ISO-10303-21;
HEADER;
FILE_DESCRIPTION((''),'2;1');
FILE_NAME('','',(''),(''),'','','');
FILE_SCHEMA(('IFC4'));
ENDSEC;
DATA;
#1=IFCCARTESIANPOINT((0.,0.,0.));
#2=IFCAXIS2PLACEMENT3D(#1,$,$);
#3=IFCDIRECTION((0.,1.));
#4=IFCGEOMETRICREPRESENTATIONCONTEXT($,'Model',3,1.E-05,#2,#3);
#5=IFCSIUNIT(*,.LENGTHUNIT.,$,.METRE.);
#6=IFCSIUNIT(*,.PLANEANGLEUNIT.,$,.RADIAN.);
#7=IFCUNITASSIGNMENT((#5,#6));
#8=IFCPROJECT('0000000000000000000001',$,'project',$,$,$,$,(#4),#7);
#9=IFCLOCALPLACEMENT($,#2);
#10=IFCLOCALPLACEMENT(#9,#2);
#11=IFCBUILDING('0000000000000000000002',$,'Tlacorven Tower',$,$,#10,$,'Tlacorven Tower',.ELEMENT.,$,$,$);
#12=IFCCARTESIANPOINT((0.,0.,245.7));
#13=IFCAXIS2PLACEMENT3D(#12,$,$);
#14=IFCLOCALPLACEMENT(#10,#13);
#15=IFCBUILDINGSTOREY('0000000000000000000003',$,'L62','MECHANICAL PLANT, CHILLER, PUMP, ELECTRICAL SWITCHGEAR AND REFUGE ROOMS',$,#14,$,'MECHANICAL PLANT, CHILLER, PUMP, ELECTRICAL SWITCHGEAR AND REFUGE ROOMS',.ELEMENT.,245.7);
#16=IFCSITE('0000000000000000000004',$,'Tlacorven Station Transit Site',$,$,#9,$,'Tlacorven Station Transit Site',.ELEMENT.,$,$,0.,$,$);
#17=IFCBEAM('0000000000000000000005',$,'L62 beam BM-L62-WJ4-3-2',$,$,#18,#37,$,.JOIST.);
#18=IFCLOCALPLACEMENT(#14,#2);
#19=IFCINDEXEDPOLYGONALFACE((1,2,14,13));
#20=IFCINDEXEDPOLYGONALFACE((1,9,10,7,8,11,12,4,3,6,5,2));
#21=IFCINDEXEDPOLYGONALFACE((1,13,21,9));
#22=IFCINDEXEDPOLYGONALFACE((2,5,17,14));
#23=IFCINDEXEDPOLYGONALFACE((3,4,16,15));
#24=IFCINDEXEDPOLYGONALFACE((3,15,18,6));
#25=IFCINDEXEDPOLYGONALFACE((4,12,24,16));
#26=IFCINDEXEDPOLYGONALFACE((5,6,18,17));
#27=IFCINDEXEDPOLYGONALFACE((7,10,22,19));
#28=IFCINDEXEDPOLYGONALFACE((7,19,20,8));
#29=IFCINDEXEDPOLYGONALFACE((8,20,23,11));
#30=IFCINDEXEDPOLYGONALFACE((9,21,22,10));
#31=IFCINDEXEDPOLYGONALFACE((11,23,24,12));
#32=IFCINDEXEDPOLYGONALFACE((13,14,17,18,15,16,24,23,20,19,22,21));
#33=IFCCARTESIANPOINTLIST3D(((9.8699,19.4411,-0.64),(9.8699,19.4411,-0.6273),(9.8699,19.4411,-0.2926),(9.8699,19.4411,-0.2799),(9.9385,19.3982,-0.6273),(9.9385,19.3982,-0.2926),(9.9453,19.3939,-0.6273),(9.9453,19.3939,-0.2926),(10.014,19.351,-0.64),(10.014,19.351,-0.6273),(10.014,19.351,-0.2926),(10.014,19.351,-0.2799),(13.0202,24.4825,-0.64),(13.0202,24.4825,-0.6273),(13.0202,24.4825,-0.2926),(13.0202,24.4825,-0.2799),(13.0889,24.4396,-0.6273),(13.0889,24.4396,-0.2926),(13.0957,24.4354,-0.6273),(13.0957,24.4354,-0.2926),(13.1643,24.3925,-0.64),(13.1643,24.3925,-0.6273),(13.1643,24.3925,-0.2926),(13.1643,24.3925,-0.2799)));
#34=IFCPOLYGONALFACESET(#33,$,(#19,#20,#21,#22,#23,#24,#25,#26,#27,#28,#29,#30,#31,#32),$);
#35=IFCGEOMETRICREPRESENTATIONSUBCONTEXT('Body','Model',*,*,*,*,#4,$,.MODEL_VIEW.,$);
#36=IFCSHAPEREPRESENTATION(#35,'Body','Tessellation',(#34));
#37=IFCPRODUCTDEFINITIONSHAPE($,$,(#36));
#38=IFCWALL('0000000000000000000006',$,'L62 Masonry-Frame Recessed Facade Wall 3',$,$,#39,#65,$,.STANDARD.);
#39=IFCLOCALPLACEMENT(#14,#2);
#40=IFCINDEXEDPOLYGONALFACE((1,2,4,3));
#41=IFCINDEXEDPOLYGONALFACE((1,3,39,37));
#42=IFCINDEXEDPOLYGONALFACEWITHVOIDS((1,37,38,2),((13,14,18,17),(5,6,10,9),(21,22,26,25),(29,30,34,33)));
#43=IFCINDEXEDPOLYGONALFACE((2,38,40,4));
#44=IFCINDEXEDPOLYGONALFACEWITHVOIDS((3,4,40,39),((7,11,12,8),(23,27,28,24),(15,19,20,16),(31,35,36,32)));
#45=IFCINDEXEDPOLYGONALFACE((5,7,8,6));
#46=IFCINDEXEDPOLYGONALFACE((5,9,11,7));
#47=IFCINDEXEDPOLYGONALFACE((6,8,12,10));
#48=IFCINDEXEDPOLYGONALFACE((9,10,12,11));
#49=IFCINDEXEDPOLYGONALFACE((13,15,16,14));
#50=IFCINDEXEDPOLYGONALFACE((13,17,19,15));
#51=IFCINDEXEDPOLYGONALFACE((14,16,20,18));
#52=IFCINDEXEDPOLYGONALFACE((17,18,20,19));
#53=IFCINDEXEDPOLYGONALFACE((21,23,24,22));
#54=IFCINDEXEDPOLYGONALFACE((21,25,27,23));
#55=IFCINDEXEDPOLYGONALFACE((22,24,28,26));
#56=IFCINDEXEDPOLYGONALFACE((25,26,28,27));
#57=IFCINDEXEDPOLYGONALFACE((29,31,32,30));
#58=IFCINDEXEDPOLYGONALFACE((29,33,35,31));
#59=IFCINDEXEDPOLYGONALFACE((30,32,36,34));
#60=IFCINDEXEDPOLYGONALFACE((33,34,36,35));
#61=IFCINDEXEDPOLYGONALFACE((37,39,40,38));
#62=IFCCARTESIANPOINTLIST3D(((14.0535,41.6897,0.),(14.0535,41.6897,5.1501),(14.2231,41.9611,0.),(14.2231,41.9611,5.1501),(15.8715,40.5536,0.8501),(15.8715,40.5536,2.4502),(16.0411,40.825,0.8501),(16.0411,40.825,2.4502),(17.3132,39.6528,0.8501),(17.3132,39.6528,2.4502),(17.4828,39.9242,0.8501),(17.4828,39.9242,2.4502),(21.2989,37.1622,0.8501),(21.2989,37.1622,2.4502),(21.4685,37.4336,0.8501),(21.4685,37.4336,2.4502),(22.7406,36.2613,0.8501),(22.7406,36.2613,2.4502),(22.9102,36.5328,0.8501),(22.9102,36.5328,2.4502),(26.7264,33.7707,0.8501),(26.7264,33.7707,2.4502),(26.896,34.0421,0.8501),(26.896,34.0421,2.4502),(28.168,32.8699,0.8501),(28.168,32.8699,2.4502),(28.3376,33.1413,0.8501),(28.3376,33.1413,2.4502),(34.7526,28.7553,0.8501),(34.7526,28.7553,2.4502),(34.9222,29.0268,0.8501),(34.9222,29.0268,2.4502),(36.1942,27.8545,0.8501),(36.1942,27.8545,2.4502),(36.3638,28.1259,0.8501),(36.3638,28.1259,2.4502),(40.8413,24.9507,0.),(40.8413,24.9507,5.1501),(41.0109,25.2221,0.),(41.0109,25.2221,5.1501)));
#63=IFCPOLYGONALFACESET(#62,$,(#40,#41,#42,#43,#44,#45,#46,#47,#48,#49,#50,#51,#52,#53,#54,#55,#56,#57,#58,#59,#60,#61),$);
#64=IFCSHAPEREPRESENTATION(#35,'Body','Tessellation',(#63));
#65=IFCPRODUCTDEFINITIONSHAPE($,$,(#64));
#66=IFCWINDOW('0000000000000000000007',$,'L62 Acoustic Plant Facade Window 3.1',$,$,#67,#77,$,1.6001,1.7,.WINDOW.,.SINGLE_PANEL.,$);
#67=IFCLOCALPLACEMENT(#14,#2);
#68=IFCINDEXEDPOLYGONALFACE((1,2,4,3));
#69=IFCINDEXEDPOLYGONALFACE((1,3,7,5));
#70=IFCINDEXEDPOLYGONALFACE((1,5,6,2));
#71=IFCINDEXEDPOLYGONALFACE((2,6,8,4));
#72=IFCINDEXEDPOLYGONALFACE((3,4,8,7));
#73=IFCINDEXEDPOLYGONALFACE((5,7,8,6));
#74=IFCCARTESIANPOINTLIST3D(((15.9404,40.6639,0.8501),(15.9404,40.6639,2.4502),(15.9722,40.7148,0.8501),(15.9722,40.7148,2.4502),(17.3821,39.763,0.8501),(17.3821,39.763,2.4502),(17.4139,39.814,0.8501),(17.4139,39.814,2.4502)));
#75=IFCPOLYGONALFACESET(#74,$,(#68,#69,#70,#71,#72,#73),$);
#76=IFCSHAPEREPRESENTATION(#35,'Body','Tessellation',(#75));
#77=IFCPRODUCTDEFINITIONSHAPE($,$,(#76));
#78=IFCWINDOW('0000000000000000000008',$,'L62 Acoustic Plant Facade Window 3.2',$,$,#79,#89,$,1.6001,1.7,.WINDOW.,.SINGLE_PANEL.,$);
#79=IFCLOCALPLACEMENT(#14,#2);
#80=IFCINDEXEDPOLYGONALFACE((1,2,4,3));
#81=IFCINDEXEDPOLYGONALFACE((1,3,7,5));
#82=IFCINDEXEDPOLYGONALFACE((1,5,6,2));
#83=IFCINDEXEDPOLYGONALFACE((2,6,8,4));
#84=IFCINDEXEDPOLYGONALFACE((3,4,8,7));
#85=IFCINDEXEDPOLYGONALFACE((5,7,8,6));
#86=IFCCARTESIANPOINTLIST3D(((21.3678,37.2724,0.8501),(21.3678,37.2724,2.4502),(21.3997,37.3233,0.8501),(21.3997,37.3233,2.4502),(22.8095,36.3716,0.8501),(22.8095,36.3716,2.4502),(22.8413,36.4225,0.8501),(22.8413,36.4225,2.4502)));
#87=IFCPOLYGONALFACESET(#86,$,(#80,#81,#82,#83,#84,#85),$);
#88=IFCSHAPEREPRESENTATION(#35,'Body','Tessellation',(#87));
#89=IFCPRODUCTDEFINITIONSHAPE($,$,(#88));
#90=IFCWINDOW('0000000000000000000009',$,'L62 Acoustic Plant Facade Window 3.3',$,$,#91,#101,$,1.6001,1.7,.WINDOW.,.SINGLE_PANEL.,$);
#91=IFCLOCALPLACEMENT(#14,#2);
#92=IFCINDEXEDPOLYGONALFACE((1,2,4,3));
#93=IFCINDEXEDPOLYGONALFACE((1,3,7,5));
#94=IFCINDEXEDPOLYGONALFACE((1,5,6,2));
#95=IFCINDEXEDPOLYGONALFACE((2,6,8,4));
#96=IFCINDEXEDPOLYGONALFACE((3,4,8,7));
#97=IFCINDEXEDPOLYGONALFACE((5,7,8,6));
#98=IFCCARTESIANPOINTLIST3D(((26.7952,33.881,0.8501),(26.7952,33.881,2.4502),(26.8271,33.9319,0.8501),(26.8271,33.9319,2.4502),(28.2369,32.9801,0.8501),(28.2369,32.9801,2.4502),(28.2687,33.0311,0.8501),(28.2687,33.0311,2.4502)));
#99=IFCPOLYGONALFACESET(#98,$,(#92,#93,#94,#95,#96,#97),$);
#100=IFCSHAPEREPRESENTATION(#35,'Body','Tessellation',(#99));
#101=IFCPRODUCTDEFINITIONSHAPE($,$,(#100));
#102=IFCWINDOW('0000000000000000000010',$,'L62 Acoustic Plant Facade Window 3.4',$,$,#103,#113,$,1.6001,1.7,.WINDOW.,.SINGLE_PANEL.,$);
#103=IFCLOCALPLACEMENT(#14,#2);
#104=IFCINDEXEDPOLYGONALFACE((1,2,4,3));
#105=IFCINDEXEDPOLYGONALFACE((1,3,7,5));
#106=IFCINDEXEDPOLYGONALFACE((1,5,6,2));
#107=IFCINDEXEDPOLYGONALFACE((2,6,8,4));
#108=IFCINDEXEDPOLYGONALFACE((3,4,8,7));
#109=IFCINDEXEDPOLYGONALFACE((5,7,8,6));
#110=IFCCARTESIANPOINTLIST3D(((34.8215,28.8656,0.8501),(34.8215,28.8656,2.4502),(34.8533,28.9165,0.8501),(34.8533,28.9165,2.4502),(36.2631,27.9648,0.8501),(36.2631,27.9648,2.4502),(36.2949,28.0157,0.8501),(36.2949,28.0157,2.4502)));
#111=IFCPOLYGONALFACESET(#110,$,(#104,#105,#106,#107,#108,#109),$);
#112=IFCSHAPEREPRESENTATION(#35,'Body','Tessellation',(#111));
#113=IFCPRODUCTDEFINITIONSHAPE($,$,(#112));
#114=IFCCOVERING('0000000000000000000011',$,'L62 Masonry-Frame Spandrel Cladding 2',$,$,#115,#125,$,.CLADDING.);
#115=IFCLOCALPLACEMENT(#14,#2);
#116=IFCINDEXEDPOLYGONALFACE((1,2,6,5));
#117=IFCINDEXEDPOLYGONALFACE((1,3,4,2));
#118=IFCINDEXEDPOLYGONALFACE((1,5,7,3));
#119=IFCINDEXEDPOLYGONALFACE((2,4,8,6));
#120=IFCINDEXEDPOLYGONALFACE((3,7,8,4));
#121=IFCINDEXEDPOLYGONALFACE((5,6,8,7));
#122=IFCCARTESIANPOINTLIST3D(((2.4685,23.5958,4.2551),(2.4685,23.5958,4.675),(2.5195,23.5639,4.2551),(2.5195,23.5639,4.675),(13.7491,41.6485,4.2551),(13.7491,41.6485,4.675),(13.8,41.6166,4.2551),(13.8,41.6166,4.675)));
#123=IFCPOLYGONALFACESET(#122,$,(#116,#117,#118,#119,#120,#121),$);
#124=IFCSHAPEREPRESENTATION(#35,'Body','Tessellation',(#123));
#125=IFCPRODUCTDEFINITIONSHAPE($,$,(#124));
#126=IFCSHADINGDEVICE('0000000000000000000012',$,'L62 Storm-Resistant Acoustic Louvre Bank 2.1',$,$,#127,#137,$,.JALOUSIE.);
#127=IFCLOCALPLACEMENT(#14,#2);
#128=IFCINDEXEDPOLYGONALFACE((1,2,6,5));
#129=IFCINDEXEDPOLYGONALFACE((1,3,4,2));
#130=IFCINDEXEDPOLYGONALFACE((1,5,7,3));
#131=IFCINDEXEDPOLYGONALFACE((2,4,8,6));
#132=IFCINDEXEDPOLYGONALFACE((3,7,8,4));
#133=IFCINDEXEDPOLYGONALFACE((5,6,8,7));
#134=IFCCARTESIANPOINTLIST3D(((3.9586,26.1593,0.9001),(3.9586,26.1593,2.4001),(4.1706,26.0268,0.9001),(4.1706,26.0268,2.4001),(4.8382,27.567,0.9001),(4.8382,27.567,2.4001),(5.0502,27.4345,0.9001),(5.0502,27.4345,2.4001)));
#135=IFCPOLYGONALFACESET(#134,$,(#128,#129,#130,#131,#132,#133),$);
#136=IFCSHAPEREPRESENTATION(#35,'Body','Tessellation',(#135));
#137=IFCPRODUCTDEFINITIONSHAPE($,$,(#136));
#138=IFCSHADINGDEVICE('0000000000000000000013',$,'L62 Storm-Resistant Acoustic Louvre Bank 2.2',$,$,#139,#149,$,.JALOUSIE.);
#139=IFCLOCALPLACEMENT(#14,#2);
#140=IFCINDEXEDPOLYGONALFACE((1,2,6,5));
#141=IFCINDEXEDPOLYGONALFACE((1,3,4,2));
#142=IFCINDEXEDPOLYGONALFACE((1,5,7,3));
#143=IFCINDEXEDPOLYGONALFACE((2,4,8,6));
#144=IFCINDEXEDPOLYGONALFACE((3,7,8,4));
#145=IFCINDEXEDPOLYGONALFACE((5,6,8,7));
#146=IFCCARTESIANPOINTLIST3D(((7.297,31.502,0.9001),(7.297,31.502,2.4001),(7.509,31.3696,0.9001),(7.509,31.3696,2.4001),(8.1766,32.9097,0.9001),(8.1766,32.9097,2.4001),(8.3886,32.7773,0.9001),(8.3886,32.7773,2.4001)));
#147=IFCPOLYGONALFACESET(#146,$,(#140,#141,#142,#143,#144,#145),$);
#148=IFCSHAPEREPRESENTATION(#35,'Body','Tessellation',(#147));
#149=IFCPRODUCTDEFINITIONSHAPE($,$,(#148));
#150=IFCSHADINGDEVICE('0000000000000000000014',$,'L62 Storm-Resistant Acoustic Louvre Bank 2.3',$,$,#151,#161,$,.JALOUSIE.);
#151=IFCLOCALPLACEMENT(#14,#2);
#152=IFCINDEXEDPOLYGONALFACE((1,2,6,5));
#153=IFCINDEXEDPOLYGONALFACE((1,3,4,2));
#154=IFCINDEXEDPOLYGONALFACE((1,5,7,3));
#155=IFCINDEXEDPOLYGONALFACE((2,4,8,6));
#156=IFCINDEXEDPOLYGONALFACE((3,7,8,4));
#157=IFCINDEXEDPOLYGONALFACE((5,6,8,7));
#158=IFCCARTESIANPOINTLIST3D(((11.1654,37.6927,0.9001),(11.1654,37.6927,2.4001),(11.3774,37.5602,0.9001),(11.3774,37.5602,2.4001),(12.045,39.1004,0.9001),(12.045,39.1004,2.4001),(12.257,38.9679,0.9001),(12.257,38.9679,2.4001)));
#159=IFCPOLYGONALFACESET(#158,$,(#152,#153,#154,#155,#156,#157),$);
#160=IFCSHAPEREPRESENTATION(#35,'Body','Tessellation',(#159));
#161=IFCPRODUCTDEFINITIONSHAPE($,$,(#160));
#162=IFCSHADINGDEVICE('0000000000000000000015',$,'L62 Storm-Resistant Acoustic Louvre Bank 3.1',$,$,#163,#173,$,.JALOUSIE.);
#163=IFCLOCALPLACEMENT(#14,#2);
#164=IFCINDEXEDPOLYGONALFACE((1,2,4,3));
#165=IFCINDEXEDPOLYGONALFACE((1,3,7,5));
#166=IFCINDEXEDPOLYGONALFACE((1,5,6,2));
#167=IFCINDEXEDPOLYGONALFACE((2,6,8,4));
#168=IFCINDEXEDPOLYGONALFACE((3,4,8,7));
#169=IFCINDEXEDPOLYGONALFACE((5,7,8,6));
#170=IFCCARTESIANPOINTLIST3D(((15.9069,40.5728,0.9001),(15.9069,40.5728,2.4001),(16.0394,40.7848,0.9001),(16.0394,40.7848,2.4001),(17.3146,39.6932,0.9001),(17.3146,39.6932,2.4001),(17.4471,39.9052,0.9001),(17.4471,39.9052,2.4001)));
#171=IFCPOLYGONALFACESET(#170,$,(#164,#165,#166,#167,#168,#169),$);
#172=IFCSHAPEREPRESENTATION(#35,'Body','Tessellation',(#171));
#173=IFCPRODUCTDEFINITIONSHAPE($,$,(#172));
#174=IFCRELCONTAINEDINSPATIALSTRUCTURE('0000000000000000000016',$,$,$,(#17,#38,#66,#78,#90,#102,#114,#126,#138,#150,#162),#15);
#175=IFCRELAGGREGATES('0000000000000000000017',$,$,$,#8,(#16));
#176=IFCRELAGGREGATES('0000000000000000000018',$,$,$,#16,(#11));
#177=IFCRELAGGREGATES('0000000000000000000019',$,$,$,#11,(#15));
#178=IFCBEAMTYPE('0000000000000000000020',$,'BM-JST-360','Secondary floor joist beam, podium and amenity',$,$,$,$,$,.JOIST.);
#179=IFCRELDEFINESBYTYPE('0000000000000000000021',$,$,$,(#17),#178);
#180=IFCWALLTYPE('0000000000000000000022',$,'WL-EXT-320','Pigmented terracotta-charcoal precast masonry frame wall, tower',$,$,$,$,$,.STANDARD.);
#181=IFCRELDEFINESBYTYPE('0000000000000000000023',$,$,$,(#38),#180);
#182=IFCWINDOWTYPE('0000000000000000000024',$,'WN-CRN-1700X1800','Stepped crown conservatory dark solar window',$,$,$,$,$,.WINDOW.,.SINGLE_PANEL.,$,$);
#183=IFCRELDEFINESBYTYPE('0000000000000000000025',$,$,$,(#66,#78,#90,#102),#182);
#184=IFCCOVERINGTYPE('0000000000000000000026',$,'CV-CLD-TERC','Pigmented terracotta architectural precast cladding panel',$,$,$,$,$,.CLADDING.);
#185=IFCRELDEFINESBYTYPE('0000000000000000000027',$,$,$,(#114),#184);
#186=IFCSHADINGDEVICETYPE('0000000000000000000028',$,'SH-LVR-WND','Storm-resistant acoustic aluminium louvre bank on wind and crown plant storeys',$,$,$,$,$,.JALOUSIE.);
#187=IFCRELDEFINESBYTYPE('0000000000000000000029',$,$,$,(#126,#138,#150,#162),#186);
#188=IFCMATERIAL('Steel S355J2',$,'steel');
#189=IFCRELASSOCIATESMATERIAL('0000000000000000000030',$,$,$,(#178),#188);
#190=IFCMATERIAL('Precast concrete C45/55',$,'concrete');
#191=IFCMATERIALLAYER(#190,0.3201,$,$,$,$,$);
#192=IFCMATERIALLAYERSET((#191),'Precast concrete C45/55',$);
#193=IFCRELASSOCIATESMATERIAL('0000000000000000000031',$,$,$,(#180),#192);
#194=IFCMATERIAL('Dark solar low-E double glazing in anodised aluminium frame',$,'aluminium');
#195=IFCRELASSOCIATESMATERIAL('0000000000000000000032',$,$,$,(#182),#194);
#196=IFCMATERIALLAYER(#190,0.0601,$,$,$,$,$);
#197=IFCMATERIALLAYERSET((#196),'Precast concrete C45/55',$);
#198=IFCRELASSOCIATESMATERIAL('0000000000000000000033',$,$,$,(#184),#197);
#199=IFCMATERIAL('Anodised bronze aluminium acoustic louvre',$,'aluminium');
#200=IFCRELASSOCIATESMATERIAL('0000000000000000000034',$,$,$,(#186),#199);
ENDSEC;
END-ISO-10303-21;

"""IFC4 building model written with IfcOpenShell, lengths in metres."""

from ifc_helpers import new_model, si_unit, direction, frame, frame_2d, origin, origin_2d, place, context, subcontext, project, spatial, rectangle, i_section, extrude, source, transform, mapped, material, layer, layer_set, material_profile, profile_set, type_object, element, fill, save


model = new_model("IFC4")

# Units and contexts
model_context = context("Model", 3, precision=1e-05, world=origin(), true_north=direction((0.0, 1.0)))
body_context = subcontext(model_context, "Body", "Model", "MODEL_VIEW")
ifc_project = project(units=[si_unit("LENGTHUNIT", "METRE"), si_unit("PLANEANGLEUNIT", "RADIAN")], contexts=[model_context])

# Site, building, storey
site_placement = place(None, origin())
site = spatial("IfcSite", under=ifc_project, at=site_placement, Name="Tlacorven Station Transit Site", LongName="Tlacorven Station Transit Site", CompositionType="ELEMENT", RefElevation=0.0)
building_placement = place(site_placement, origin())
building = spatial("IfcBuilding", under=site, at=building_placement, Name="Tlacorven Tower", LongName="Tlacorven Tower", CompositionType="ELEMENT")
storey_placement = place(building_placement, frame((0.0, 0.0, 245.7)))
storey = spatial("IfcBuildingStorey", under=building, at=storey_placement, Name="L62", Description="MECHANICAL PLANT, CHILLER, PUMP, ELECTRICAL SWITCHGEAR AND REFUGE ROOMS", LongName="MECHANICAL PLANT, CHILLER, PUMP, ELECTRICAL SWITCHGEAR AND REFUGE ROOMS", CompositionType="ELEMENT", Elevation=245.7)

# Shared definitions
ifc_material_1 = material(Name="Steel S355J2", Category="steel")

# Beam
ifc_material_profile_1 = material_profile(ifc_material_1, i_section(OverallWidth=0.1699, OverallDepth=0.3601, WebThickness=0.0081, FlangeThickness=0.0127, at=origin_2d()), Name="IPE 360")
ifc_profile_set_1 = profile_set([ifc_material_profile_1], Name="Steel S355J2")
beam_type_1 = type_object("IfcBeamType", Name="BM-JST-360", Description="Secondary floor joist beam, podium and amenity", PredefinedType="JOIST", material=ifc_profile_set_1)
shared_shape_1 = source(origin(), body_context, "Body", "SweptSolid", [
    extrude(i_section(OverallWidth=0.1699, OverallDepth=0.3601, WebThickness=0.0081, FlangeThickness=0.0127, at=origin_2d()), origin(), (0.0, 0.0, 1.0), 5.9448),
])
beam_1_placement = place(storey_placement, frame((13.0923, 24.4375, -0.46), z_axis=(-0.529932, -0.84804, 0.0), x_axis=(0.84804, -0.529932, 0.0)))
element("IfcBeam", 1, at=beam_1_placement, inside=storey, type_object=beam_type_1, Name="L62 beam BM-L62-WJ4-3-2", PredefinedType="JOIST", context=body_context, shape_type="MappedRepresentation", body=[
    mapped(shared_shape_1, transform((0.0, 0.0, 0.0), scale=1.0)),
])

# Wall, openings, windows
ifc_material_2 = material(Name="Precast concrete C45/55", Category="concrete")
ifc_layer_1 = layer(ifc_material_2, 0.3201)
ifc_layer_set_1 = layer_set([ifc_layer_1], Name="Precast concrete C45/55")
wall_type = type_object("IfcWallType", Name="WL-EXT-320", Description="Pigmented terracotta-charcoal precast masonry frame wall, tower", PredefinedType="STANDARD", material=ifc_layer_set_1)
wall_placement = place(storey_placement, frame((14.1382, 41.8254, 0.0), z_axis=(0.0, 0.0, 1.0), x_axis=(0.848046, -0.529922, 0.0)))
wall = element("IfcWall", 2, at=wall_placement, inside=storey, type_object=wall_type, Name="L62 Masonry-Frame Recessed Facade Wall 3", PredefinedType="STANDARD", context=body_context, shape_type="SweptSolid", body=[
    extrude(rectangle(XDim=31.5876, YDim=0.3201, at=frame_2d((15.7939, 0.0))), origin(), (0.0, 0.0, 1.0), 5.1501),
])
opening_1_placement = place(wall_placement, frame((2.1438, 0.0, 0.8501)))
opening_1 = element("IfcOpeningElement", 3, at=opening_1_placement, cuts=wall, PredefinedType="OPENING", context=body_context, shape_type="SweptSolid", body=[
    extrude(rectangle(XDim=1.7, YDim=1.6001, at=frame_2d((0.8501, 0.8))), frame((0.0, 0.1699, 0.0), z_axis=(0.0, -1.0, 0.0), x_axis=(1.0, 0.0, 0.0)), (0.0, 0.0, 1.0), 0.3401),
])
opening_2_placement = place(wall_placement, frame((8.5437, 0.0, 0.8501)))
opening_2 = element("IfcOpeningElement", 4, at=opening_2_placement, cuts=wall, PredefinedType="OPENING", context=body_context, shape_type="SweptSolid", body=[
    extrude(rectangle(XDim=1.7, YDim=1.6001, at=frame_2d((0.8501, 0.8))), frame((0.0, 0.1699, 0.0), z_axis=(0.0, -1.0, 0.0), x_axis=(1.0, 0.0, 0.0)), (0.0, 0.0, 1.0), 0.3401),
])
opening_3_placement = place(wall_placement, frame((14.9436, 0.0, 0.8501)))
opening_3 = element("IfcOpeningElement", 5, at=opening_3_placement, cuts=wall, PredefinedType="OPENING", context=body_context, shape_type="SweptSolid", body=[
    extrude(rectangle(XDim=1.7, YDim=1.6001, at=frame_2d((0.8501, 0.8))), frame((0.0, 0.1699, 0.0), z_axis=(0.0, -1.0, 0.0), x_axis=(1.0, 0.0, 0.0)), (0.0, 0.0, 1.0), 0.3401),
])
opening_4_placement = place(wall_placement, frame((24.408, 0.0, 0.8501)))
opening_4 = element("IfcOpeningElement", 6, at=opening_4_placement, cuts=wall, PredefinedType="OPENING", context=body_context, shape_type="SweptSolid", body=[
    extrude(rectangle(XDim=1.7, YDim=1.6001, at=frame_2d((0.8501, 0.8))), frame((0.0, 0.1699, 0.0), z_axis=(0.0, -1.0, 0.0), x_axis=(1.0, 0.0, 0.0)), (0.0, 0.0, 1.0), 0.3401),
])
ifc_material_3 = material(Name="Dark solar low-E double glazing in anodised aluminium frame", Category="aluminium")
window_type = type_object("IfcWindowType", Name="WN-CRN-1700X1800", Description="Stepped crown conservatory dark solar window", PartitioningType="SINGLE_PANEL", PredefinedType="WINDOW", material=ifc_material_3)
shared_shape_2 = source(origin(), body_context, "Body", "SweptSolid", [
    extrude(rectangle(XDim=1.7, YDim=1.6001, at=frame_2d((0.8501, 0.8))), frame((0.0, 0.03, 0.0), z_axis=(0.0, -1.0, 0.0), x_axis=(1.0, 0.0, 0.0)), (0.0, 0.0, 1.0), 0.0601),
])
window_1_placement = place(opening_1_placement, origin())
window_1 = element("IfcWindow", 7, at=window_1_placement, inside=storey, type_object=window_type, Name="L62 Acoustic Plant Facade Window 3.1", OverallHeight=1.6001, OverallWidth=1.7, PartitioningType="SINGLE_PANEL", PredefinedType="WINDOW", context=body_context, shape_type="MappedRepresentation", body=[
    mapped(shared_shape_2, transform((0.0, 0.0, 0.0), scale=1.0)),
])
fill(opening_1, window_1)
window_2_placement = place(opening_2_placement, origin())
window_2 = element("IfcWindow", 8, at=window_2_placement, inside=storey, type_object=window_type, Name="L62 Acoustic Plant Facade Window 3.2", OverallHeight=1.6001, OverallWidth=1.7, PartitioningType="SINGLE_PANEL", PredefinedType="WINDOW", context=body_context, shape_type="MappedRepresentation", body=[
    mapped(shared_shape_2, transform((0.0, 0.0, 0.0), scale=1.0)),
])
fill(opening_2, window_2)
window_3_placement = place(opening_3_placement, origin())
window_3 = element("IfcWindow", 9, at=window_3_placement, inside=storey, type_object=window_type, Name="L62 Acoustic Plant Facade Window 3.3", OverallHeight=1.6001, OverallWidth=1.7, PartitioningType="SINGLE_PANEL", PredefinedType="WINDOW", context=body_context, shape_type="MappedRepresentation", body=[
    mapped(shared_shape_2, transform((0.0, 0.0, 0.0), scale=1.0)),
])
fill(opening_3, window_3)
window_4_placement = place(opening_4_placement, origin())
window_4 = element("IfcWindow", 10, at=window_4_placement, inside=storey, type_object=window_type, Name="L62 Acoustic Plant Facade Window 3.4", OverallHeight=1.6001, OverallWidth=1.7, PartitioningType="SINGLE_PANEL", PredefinedType="WINDOW", context=body_context, shape_type="MappedRepresentation", body=[
    mapped(shared_shape_2, transform((0.0, 0.0, 0.0), scale=1.0)),
])
fill(opening_4, window_4)

# Covering
ifc_layer_2 = layer(ifc_material_2, 0.0601)
ifc_layer_set_2 = layer_set([ifc_layer_2], Name="Precast concrete C45/55")
covering_type = type_object("IfcCoveringType", Name="CV-CLD-TERC", Description="Pigmented terracotta architectural precast cladding panel", PredefinedType="CLADDING", material=ifc_layer_set_2)
shared_shape_3 = source(origin(), body_context, "Body", "SweptSolid", [
    extrude(rectangle(XDim=21.2874, YDim=0.0601, at=origin_2d()), origin(), (0.0, 0.0, 1.0), 0.4199),
])
covering_placement = place(storey_placement, frame((8.1343, 32.6062, 4.2551), z_axis=(0.0, 0.0, 1.0), x_axis=(0.529919, 0.848048, 0.0)))
element("IfcCovering", 11, at=covering_placement, inside=storey, type_object=covering_type, Name="L62 Masonry-Frame Spandrel Cladding 2", PredefinedType="CLADDING", context=body_context, shape_type="MappedRepresentation", body=[
    mapped(shared_shape_3, transform((0.0, 0.0, 0.0), scale=1.0)),
])

# Shading devices
ifc_material_4 = material(Name="Anodised bronze aluminium acoustic louvre", Category="aluminium")
shading_device_type = type_object("IfcShadingDeviceType", Name="SH-LVR-WND", Description="Storm-resistant acoustic aluminium louvre bank on wind and crown plant storeys", PredefinedType="JALOUSIE", material=ifc_material_4)
shared_shape_4 = source(origin(), body_context, "Body", "SweptSolid", [
    extrude(rectangle(XDim=1.6599, YDim=0.25, at=origin_2d()), origin(), (0.0, 0.0, 1.0), 1.5),
])
for number, where, z_axis, x_axis, name in (
    (12, (4.5044, 26.7969, 0.9001), (0.0, 0.0, 1.0), (0.529919, 0.848048, 0.0), "L62 Storm-Resistant Acoustic Louvre Bank 2.1"),
    (13, (7.8428, 32.1396, 0.9001), (0.0, 0.0, 1.0), (0.529919, 0.848048, 0.0), "L62 Storm-Resistant Acoustic Louvre Bank 2.2"),
    (14, (11.7112, 38.3303, 0.9001), (0.0, 0.0, 1.0), (0.529919, 0.848048, 0.0), "L62 Storm-Resistant Acoustic Louvre Bank 2.3"),
    (15, (16.677, 40.239, 0.9001), (0.0, 0.0, 1.0), (0.848048, -0.529919, 0.0), "L62 Storm-Resistant Acoustic Louvre Bank 3.1"),
):
    element("IfcShadingDevice", number, at=place(storey_placement, frame(where, z_axis=z_axis, x_axis=x_axis)), inside=storey, type_object=shading_device_type, Name=name, PredefinedType="JALOUSIE", context=body_context, shape_type="MappedRepresentation", body=[
        mapped(shared_shape_4, transform((0.0, 0.0, 0.0), scale=1.0)),
    ])

save(model, "model.ifc")
